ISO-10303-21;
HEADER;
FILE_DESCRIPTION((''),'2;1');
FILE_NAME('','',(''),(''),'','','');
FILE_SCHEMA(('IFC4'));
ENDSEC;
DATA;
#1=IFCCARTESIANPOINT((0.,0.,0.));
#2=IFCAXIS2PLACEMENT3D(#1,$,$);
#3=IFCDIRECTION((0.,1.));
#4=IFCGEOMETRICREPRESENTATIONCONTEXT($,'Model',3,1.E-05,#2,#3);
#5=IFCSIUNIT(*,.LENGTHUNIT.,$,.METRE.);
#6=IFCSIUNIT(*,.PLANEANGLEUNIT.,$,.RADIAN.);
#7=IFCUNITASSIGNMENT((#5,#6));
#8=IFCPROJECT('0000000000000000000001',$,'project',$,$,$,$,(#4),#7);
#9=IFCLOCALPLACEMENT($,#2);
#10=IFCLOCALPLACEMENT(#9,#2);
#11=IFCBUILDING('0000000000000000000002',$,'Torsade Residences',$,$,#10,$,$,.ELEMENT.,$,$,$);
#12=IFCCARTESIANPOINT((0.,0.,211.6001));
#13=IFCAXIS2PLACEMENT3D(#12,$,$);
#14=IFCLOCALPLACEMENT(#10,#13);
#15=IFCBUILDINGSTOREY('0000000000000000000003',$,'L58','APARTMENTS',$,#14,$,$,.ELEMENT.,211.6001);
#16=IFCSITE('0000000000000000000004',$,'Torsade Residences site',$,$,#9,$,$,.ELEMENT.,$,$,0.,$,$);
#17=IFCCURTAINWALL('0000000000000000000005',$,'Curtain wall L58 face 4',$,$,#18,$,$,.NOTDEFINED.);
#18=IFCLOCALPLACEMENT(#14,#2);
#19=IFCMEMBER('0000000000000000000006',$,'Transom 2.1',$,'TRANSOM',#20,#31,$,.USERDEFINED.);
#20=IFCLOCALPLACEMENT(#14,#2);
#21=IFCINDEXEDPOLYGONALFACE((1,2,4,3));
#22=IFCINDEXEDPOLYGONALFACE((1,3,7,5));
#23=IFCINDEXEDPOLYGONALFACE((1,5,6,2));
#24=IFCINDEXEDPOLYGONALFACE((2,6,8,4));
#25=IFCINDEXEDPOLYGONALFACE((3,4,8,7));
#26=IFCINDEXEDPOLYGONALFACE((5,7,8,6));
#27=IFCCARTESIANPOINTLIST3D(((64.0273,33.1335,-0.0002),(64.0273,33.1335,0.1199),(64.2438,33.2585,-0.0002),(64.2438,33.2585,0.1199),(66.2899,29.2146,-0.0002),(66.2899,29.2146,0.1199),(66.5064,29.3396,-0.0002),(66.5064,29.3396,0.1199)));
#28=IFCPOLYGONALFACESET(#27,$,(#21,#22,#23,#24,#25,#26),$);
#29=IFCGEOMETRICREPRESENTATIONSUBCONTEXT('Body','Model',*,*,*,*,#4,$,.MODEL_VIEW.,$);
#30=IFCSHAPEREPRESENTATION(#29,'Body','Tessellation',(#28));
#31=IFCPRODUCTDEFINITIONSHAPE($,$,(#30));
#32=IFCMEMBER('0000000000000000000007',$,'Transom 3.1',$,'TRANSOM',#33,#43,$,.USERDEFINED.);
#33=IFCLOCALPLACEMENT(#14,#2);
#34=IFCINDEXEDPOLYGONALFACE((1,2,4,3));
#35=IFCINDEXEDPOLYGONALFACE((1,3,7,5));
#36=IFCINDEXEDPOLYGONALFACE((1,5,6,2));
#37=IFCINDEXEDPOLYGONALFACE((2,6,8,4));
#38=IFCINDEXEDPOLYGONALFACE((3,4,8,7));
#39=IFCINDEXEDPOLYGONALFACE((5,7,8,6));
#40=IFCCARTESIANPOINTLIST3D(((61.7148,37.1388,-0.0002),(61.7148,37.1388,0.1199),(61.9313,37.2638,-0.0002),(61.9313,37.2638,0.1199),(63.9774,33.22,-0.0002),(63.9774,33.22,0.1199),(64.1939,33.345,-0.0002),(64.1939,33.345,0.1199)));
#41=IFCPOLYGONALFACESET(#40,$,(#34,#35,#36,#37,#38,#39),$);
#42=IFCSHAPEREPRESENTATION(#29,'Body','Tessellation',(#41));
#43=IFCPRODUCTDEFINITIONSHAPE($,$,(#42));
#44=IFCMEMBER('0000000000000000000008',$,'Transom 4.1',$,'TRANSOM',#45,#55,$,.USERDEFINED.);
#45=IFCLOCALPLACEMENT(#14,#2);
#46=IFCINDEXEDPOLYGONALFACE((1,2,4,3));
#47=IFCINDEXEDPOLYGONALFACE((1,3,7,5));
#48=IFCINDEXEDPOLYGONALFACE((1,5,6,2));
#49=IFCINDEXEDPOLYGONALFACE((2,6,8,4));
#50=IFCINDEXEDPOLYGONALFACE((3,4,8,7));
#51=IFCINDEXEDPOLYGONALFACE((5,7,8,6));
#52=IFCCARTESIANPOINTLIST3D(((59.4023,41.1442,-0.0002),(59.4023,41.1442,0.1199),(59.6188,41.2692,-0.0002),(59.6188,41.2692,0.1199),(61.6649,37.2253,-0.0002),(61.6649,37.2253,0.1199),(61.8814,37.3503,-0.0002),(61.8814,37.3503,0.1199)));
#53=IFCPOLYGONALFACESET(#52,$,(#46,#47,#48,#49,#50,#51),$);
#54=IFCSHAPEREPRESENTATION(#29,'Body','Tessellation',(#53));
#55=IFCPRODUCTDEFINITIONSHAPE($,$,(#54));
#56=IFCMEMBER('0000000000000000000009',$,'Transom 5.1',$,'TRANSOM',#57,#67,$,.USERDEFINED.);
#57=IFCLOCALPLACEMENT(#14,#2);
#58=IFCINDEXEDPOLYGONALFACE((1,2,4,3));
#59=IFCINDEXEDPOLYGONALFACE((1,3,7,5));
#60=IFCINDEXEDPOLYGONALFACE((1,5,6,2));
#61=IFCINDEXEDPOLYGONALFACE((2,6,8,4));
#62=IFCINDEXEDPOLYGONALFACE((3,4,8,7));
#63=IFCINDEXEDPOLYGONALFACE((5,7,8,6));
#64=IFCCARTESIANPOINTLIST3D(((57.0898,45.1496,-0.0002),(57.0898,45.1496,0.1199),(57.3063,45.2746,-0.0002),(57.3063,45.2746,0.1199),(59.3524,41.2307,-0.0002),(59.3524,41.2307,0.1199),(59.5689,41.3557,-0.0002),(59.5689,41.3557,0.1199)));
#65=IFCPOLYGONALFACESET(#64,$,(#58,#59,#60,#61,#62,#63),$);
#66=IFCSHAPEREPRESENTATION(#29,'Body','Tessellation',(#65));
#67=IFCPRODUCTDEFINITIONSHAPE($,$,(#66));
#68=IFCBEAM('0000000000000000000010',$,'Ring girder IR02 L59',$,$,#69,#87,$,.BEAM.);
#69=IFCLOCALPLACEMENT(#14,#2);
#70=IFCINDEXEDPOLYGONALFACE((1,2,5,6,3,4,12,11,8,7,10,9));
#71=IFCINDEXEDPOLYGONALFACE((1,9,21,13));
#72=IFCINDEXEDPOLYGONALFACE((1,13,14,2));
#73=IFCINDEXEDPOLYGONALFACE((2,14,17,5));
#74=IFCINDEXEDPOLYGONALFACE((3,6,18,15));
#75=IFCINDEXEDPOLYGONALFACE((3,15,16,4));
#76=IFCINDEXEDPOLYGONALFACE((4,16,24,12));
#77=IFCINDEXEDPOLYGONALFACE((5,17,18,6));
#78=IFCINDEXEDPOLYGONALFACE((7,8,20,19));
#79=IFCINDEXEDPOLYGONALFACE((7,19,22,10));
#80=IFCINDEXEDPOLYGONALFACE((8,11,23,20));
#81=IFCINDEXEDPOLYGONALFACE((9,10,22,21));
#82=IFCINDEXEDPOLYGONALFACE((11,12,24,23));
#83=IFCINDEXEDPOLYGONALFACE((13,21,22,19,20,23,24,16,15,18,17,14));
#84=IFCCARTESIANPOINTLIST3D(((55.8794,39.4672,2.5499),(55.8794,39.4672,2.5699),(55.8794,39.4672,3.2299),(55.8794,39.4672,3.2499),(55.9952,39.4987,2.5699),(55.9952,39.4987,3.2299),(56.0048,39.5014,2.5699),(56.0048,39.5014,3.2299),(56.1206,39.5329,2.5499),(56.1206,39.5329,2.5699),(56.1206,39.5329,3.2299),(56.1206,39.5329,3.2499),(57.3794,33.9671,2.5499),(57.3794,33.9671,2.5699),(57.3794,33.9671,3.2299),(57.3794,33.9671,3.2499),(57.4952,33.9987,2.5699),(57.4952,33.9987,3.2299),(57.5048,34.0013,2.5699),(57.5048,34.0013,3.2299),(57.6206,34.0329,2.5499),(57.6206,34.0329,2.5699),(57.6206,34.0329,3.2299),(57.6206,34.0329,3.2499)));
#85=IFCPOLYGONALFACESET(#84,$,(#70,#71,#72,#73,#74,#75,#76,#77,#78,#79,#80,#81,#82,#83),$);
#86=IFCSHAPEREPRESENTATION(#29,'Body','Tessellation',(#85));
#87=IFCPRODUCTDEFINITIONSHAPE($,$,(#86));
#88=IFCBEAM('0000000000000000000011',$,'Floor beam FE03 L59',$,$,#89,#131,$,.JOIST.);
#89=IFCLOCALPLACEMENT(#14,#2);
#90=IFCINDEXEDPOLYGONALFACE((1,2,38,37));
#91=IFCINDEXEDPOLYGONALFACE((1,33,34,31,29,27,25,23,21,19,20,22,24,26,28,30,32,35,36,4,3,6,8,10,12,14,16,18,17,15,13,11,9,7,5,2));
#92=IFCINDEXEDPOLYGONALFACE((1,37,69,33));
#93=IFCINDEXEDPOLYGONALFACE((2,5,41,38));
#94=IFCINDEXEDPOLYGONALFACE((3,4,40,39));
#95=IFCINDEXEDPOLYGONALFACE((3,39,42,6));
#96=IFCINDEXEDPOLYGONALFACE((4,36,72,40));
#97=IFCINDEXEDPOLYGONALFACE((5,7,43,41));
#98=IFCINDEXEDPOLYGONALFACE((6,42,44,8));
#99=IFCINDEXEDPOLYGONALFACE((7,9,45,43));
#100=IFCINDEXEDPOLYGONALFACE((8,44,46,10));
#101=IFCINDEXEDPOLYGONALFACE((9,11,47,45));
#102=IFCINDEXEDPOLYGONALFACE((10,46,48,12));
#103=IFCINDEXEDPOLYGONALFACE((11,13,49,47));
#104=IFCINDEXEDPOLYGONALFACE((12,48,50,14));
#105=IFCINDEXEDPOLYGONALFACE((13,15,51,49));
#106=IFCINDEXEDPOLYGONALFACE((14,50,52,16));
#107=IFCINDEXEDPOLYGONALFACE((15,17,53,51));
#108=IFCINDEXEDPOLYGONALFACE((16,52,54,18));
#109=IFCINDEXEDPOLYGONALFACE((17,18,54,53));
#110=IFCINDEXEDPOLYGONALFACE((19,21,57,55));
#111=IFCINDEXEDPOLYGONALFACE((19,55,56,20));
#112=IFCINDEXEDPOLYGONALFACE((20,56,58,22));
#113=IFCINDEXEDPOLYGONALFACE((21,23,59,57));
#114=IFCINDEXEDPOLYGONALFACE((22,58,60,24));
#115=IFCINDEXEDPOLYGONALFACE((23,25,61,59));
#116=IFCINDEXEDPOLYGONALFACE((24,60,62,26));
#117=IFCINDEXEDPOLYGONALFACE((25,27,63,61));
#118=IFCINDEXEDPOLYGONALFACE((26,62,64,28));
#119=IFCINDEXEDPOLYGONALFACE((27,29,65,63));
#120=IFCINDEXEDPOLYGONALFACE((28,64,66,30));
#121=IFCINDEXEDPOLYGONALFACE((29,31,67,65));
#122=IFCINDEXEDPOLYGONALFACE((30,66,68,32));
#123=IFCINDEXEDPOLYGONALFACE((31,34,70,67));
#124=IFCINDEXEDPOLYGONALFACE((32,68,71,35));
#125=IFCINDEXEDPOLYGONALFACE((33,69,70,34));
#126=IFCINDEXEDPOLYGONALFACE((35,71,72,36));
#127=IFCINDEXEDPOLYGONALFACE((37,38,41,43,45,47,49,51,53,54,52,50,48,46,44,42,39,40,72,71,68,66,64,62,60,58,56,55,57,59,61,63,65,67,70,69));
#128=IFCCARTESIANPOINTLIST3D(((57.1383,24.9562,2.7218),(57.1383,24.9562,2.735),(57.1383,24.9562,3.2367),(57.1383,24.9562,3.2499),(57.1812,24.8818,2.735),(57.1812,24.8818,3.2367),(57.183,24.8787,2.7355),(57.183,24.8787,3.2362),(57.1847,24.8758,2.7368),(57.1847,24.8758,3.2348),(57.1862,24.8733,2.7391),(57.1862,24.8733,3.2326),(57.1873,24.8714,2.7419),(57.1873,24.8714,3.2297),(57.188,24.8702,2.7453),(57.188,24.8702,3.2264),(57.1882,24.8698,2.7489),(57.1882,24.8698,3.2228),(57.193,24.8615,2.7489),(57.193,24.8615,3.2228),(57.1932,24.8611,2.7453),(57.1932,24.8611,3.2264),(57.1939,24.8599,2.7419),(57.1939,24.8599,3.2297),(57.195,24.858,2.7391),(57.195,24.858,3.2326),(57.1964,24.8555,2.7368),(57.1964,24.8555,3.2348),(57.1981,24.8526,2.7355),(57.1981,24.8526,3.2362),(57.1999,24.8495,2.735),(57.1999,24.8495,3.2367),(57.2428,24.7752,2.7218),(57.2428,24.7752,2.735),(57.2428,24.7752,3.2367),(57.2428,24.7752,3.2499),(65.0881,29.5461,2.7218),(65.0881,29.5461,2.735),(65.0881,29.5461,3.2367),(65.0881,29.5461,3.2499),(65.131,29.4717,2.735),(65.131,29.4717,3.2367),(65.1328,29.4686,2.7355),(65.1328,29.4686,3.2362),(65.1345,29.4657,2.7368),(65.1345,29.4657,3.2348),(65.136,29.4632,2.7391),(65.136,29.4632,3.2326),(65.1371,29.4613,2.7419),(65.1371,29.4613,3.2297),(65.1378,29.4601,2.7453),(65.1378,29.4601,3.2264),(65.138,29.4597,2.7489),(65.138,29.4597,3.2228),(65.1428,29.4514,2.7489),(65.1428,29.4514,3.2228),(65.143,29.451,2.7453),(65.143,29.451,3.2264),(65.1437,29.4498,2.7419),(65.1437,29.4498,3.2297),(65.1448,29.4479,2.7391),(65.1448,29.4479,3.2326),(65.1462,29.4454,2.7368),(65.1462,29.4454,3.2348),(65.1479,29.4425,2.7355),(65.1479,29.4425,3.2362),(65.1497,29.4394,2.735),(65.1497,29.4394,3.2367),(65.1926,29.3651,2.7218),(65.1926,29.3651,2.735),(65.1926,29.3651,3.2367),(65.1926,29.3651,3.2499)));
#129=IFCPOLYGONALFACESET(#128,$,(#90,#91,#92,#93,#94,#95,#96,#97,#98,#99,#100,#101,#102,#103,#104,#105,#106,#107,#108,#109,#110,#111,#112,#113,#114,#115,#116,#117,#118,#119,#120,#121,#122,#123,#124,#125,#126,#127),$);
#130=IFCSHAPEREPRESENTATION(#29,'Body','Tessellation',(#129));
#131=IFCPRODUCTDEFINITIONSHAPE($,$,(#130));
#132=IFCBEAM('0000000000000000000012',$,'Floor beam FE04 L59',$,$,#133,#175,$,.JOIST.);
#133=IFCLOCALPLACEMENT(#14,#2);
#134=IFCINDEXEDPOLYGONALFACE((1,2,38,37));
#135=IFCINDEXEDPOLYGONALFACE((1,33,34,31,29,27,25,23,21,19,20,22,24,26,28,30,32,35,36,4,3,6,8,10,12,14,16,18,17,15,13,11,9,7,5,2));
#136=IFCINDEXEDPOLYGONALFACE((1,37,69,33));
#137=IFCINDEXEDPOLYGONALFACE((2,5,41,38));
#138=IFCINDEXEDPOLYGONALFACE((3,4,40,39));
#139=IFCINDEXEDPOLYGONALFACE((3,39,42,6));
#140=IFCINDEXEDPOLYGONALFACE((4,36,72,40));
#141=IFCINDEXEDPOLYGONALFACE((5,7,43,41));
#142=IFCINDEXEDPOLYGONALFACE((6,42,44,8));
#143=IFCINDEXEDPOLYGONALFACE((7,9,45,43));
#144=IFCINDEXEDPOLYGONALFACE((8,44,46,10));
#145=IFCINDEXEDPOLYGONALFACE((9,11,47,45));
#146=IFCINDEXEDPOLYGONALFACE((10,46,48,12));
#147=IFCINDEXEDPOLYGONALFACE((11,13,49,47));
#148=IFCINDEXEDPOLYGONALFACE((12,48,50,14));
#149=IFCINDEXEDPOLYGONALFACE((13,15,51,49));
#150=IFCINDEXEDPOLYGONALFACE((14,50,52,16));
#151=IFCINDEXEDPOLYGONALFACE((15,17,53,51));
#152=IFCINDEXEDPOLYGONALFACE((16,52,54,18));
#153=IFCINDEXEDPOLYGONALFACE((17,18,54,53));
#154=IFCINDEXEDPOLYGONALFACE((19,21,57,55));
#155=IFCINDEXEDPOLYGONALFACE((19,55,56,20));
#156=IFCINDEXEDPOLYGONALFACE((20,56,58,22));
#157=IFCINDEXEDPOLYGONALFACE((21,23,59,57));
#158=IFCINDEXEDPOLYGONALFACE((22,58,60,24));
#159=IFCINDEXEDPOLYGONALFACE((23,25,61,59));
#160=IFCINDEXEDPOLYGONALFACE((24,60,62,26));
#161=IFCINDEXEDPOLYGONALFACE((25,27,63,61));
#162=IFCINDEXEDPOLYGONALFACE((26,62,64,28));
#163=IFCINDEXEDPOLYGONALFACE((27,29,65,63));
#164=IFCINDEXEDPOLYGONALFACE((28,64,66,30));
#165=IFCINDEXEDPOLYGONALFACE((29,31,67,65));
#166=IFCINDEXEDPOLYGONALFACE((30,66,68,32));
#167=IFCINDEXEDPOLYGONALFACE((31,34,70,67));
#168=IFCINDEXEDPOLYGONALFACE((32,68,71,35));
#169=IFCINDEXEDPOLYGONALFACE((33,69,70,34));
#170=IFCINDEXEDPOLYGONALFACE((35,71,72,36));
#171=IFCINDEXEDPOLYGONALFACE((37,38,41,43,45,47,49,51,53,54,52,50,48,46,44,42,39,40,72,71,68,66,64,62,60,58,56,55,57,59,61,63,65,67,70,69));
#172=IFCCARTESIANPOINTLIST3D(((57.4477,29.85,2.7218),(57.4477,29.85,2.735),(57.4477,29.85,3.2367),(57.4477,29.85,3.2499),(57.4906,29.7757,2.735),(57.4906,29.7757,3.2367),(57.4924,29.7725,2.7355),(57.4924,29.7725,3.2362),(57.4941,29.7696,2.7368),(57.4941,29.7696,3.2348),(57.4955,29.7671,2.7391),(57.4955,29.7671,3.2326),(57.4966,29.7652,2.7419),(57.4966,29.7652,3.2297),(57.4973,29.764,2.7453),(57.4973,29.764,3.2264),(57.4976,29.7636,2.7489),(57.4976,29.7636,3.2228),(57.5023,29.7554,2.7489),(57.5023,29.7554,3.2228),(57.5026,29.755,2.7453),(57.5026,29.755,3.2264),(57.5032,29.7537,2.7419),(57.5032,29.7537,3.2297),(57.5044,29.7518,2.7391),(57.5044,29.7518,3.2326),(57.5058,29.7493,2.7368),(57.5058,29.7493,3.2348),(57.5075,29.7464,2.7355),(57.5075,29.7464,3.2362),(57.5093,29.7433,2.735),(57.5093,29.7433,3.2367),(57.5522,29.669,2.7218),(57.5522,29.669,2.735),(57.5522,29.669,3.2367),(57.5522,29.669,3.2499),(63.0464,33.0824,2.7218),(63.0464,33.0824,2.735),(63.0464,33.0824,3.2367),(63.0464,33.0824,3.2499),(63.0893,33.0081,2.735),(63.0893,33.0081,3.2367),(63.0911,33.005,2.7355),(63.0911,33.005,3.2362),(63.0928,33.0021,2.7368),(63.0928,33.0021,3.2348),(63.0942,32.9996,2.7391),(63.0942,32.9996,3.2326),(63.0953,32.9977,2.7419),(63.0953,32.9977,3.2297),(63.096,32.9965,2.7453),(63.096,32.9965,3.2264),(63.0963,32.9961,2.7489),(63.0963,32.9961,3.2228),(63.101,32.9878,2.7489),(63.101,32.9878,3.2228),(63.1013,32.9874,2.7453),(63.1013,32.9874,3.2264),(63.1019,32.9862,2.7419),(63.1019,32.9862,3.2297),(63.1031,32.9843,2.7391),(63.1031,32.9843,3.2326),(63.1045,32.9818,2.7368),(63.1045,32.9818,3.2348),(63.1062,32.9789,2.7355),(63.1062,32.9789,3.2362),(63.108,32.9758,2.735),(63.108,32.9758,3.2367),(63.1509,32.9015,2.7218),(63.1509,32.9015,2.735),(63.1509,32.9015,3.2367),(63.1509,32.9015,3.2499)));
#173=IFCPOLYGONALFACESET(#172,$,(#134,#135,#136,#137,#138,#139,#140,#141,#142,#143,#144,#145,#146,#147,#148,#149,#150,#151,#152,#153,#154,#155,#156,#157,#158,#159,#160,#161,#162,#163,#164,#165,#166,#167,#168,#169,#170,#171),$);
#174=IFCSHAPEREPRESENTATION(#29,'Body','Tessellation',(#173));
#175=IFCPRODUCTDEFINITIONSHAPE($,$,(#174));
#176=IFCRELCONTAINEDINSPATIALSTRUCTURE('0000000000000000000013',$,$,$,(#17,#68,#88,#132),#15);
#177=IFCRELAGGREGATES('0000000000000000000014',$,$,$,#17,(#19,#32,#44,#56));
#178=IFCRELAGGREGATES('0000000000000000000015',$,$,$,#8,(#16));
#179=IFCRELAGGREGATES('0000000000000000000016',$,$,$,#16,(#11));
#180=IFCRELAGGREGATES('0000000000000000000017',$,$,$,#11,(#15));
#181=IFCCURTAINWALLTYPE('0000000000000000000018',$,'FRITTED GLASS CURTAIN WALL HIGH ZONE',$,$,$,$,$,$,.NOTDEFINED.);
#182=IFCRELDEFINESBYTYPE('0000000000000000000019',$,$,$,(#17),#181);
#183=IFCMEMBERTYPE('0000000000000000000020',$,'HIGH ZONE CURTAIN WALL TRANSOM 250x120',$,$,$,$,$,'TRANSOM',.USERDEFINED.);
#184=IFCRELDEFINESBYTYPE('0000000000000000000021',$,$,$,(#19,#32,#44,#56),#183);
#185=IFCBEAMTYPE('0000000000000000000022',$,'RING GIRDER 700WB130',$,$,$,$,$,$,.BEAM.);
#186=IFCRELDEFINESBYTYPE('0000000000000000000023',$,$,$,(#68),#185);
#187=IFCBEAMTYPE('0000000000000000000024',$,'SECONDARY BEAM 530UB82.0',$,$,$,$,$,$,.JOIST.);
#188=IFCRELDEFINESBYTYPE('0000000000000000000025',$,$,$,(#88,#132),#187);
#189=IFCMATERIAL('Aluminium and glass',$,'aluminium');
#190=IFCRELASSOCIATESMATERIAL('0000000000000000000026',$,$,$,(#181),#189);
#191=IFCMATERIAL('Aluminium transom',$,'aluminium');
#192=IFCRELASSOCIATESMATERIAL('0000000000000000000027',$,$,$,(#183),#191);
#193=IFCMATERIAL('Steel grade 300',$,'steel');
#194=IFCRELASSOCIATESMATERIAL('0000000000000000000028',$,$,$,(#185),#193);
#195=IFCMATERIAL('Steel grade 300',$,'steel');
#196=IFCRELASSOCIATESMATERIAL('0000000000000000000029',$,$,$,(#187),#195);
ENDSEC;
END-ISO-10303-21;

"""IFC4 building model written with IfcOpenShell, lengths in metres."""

from ifc_helpers import new_model, si_unit, direction, frame, origin, origin_2d, place, context, subcontext, project, spatial, rectangle, i_section, extrude, material, material_profile, profile_set, type_object, element, aggregate, save


model = new_model("IFC4")

# Units and contexts
model_context = context("Model", 3, precision=1e-05, world=origin(), true_north=direction((0.0, 1.0)))
body_context = subcontext(model_context, "Body", "Model", "MODEL_VIEW")
ifc_project = project(units=[si_unit("LENGTHUNIT", "METRE"), si_unit("PLANEANGLEUNIT", "RADIAN")], contexts=[model_context])

# Site, building, storey
site_placement = place(None, origin())
site = spatial("IfcSite", under=ifc_project, at=site_placement, Name="Torsade Residences site", CompositionType="ELEMENT", RefElevation=0.0)
building_placement = place(site_placement, origin())
building = spatial("IfcBuilding", under=site, at=building_placement, Name="Torsade Residences", CompositionType="ELEMENT")
storey_placement = place(building_placement, frame((0.0, 0.0, 211.6001)))
storey = spatial("IfcBuildingStorey", under=building, at=storey_placement, Name="L58", Description="APARTMENTS", CompositionType="ELEMENT", Elevation=211.6001)

# Curtain wall, members
ifc_material_1 = material(Name="Aluminium and glass", Category="aluminium")
curtain_wall_type = type_object("IfcCurtainWallType", Name="FRITTED GLASS CURTAIN WALL HIGH ZONE", PredefinedType="NOTDEFINED", material=ifc_material_1)
curtain_wall_placement = place(storey_placement, origin())
curtain_wall = element("IfcCurtainWall", 1, at=curtain_wall_placement, inside=storey, type_object=curtain_wall_type, Name="Curtain wall L58 face 4", PredefinedType="NOTDEFINED")
ifc_material_2 = material(Name="Aluminium transom", Category="aluminium")
ifc_material_profile_1 = material_profile(ifc_material_2, rectangle(XDim=0.25, YDim=0.1201, at=origin_2d()), Name="HIGH ZONE CURTAIN WALL TRANSOM 250x120")
ifc_profile_set_1 = profile_set([ifc_material_profile_1], Name="Aluminium transom")
member_type_1 = type_object("IfcMemberType", Name="HIGH ZONE CURTAIN WALL TRANSOM 250x120", ElementType="TRANSOM", PredefinedType="USERDEFINED", material=ifc_profile_set_1)
member_1_placement = place(storey_placement, frame((66.3982, 29.2771, 0.0598), z_axis=(-0.500015, 0.866017, 0.0), x_axis=(-0.866017, -0.500015, 0.0)))
member_1 = element("IfcMember", 2, at=member_1_placement, type_object=member_type_1, Name="Transom 2.1", ObjectType="TRANSOM", PredefinedType="USERDEFINED", context=body_context, shape_type="SweptSolid", body=[
    extrude(rectangle(XDim=0.25, YDim=0.1201, at=origin_2d()), origin(), (0.0, 0.0, 1.0), 4.5251),
])
member_2_placement = place(storey_placement, frame((64.0857, 33.2825, 0.0598), z_axis=(-0.500015, 0.866017, 0.0), x_axis=(-0.866017, -0.500015, 0.0)))
member_2 = element("IfcMember", 3, at=member_2_placement, type_object=member_type_1, Name="Transom 3.1", ObjectType="TRANSOM", PredefinedType="USERDEFINED", context=body_context, shape_type="SweptSolid", body=[
    extrude(rectangle(XDim=0.25, YDim=0.1201, at=origin_2d()), origin(), (0.0, 0.0, 1.0), 4.5251),
])
member_3_placement = place(storey_placement, frame((61.7732, 37.2878, 0.0598), z_axis=(-0.500015, 0.866017, 0.0), x_axis=(-0.866017, -0.500015, 0.0)))
member_3 = element("IfcMember", 4, at=member_3_placement, type_object=member_type_1, Name="Transom 4.1", ObjectType="TRANSOM", PredefinedType="USERDEFINED", context=body_context, shape_type="SweptSolid", body=[
    extrude(rectangle(XDim=0.25, YDim=0.1201, at=origin_2d()), origin(), (0.0, 0.0, 1.0), 4.5251),
])
member_4_placement = place(storey_placement, frame((59.4607, 41.2932, 0.0598), z_axis=(-0.500015, 0.866017, 0.0), x_axis=(-0.866017, -0.500015, 0.0)))
member_4 = element("IfcMember", 5, at=member_4_placement, type_object=member_type_1, Name="Transom 5.1", ObjectType="TRANSOM", PredefinedType="USERDEFINED", context=body_context, shape_type="SweptSolid", body=[
    extrude(rectangle(XDim=0.25, YDim=0.1201, at=origin_2d()), origin(), (0.0, 0.0, 1.0), 4.5251),
])

# Beams
ifc_material_3 = material(Name="Steel grade 300", Category="steel")
ifc_material_profile_2 = material_profile(ifc_material_3, i_section(OverallWidth=0.25, OverallDepth=0.7, WebThickness=0.01, FlangeThickness=0.02, at=origin_2d()), Name="700WB130")
ifc_profile_set_2 = profile_set([ifc_material_profile_2], Name="Steel grade 300")
beam_type_1 = type_object("IfcBeamType", Name="RING GIRDER 700WB130", PredefinedType="BEAM", material=ifc_profile_set_2)
beam_1_placement = place(storey_placement, frame((57.5, 34.0, 2.8999), z_axis=(-0.263117, 0.964764, 0.0), x_axis=(-0.964764, -0.263117, 0.0)))
element("IfcBeam", 6, at=beam_1_placement, inside=storey, type_object=beam_type_1, Name="Ring girder IR02 L59", PredefinedType="BEAM", context=body_context, shape_type="SweptSolid", body=[
    extrude(i_section(OverallWidth=0.25, OverallDepth=0.7, WebThickness=0.01, FlangeThickness=0.02, at=origin_2d()), origin(), (0.0, 0.0, 1.0), 5.7009),
])
ifc_material_4 = material(Name="Steel grade 300", Category="steel")
ifc_material_profile_3 = material_profile(ifc_material_4, i_section(OverallWidth=0.209, OverallDepth=0.5281, WebThickness=0.0095, FlangeThickness=0.0132, FilletRadius=0.0139, at=origin_2d()), Name="530UB82.0")
ifc_profile_set_3 = profile_set([ifc_material_profile_3], Name="Steel grade 300")
beam_type_2 = type_object("IfcBeamType", Name="SECONDARY BEAM 530UB82.0", PredefinedType="JOIST", material=ifc_profile_set_3)
beam_2_placement = place(storey_placement, frame((65.1404, 29.4556, 2.9858), z_axis=(-0.866022, -0.500006, 0.0), x_axis=(0.500006, -0.866022, 0.0)))
element("IfcBeam", 7, at=beam_2_placement, inside=storey, type_object=beam_type_2, Name="Floor beam FE03 L59", PredefinedType="JOIST", context=body_context, shape_type="SweptSolid", body=[
    extrude(i_section(OverallWidth=0.209, OverallDepth=0.5281, WebThickness=0.0095, FlangeThickness=0.0132, FilletRadius=0.0139, at=origin_2d()), origin(), (0.0, 0.0, 1.0), 9.1797),
])
beam_3_placement = place(storey_placement, frame((63.0986, 32.9919, 2.9858), z_axis=(-0.866022, -0.500006, 0.0), x_axis=(0.500006, -0.866022, 0.0)))
element("IfcBeam", 8, at=beam_3_placement, inside=storey, type_object=beam_type_2, Name="Floor beam FE04 L59", PredefinedType="JOIST", context=body_context, shape_type="SweptSolid", body=[
    extrude(i_section(OverallWidth=0.209, OverallDepth=0.5281, WebThickness=0.0095, FlangeThickness=0.0132, FilletRadius=0.0139, at=origin_2d()), origin(), (0.0, 0.0, 1.0), 6.4648),
])

aggregate(curtain_wall, [member_1, member_2, member_3, member_4])

save(model, "model.ifc")
